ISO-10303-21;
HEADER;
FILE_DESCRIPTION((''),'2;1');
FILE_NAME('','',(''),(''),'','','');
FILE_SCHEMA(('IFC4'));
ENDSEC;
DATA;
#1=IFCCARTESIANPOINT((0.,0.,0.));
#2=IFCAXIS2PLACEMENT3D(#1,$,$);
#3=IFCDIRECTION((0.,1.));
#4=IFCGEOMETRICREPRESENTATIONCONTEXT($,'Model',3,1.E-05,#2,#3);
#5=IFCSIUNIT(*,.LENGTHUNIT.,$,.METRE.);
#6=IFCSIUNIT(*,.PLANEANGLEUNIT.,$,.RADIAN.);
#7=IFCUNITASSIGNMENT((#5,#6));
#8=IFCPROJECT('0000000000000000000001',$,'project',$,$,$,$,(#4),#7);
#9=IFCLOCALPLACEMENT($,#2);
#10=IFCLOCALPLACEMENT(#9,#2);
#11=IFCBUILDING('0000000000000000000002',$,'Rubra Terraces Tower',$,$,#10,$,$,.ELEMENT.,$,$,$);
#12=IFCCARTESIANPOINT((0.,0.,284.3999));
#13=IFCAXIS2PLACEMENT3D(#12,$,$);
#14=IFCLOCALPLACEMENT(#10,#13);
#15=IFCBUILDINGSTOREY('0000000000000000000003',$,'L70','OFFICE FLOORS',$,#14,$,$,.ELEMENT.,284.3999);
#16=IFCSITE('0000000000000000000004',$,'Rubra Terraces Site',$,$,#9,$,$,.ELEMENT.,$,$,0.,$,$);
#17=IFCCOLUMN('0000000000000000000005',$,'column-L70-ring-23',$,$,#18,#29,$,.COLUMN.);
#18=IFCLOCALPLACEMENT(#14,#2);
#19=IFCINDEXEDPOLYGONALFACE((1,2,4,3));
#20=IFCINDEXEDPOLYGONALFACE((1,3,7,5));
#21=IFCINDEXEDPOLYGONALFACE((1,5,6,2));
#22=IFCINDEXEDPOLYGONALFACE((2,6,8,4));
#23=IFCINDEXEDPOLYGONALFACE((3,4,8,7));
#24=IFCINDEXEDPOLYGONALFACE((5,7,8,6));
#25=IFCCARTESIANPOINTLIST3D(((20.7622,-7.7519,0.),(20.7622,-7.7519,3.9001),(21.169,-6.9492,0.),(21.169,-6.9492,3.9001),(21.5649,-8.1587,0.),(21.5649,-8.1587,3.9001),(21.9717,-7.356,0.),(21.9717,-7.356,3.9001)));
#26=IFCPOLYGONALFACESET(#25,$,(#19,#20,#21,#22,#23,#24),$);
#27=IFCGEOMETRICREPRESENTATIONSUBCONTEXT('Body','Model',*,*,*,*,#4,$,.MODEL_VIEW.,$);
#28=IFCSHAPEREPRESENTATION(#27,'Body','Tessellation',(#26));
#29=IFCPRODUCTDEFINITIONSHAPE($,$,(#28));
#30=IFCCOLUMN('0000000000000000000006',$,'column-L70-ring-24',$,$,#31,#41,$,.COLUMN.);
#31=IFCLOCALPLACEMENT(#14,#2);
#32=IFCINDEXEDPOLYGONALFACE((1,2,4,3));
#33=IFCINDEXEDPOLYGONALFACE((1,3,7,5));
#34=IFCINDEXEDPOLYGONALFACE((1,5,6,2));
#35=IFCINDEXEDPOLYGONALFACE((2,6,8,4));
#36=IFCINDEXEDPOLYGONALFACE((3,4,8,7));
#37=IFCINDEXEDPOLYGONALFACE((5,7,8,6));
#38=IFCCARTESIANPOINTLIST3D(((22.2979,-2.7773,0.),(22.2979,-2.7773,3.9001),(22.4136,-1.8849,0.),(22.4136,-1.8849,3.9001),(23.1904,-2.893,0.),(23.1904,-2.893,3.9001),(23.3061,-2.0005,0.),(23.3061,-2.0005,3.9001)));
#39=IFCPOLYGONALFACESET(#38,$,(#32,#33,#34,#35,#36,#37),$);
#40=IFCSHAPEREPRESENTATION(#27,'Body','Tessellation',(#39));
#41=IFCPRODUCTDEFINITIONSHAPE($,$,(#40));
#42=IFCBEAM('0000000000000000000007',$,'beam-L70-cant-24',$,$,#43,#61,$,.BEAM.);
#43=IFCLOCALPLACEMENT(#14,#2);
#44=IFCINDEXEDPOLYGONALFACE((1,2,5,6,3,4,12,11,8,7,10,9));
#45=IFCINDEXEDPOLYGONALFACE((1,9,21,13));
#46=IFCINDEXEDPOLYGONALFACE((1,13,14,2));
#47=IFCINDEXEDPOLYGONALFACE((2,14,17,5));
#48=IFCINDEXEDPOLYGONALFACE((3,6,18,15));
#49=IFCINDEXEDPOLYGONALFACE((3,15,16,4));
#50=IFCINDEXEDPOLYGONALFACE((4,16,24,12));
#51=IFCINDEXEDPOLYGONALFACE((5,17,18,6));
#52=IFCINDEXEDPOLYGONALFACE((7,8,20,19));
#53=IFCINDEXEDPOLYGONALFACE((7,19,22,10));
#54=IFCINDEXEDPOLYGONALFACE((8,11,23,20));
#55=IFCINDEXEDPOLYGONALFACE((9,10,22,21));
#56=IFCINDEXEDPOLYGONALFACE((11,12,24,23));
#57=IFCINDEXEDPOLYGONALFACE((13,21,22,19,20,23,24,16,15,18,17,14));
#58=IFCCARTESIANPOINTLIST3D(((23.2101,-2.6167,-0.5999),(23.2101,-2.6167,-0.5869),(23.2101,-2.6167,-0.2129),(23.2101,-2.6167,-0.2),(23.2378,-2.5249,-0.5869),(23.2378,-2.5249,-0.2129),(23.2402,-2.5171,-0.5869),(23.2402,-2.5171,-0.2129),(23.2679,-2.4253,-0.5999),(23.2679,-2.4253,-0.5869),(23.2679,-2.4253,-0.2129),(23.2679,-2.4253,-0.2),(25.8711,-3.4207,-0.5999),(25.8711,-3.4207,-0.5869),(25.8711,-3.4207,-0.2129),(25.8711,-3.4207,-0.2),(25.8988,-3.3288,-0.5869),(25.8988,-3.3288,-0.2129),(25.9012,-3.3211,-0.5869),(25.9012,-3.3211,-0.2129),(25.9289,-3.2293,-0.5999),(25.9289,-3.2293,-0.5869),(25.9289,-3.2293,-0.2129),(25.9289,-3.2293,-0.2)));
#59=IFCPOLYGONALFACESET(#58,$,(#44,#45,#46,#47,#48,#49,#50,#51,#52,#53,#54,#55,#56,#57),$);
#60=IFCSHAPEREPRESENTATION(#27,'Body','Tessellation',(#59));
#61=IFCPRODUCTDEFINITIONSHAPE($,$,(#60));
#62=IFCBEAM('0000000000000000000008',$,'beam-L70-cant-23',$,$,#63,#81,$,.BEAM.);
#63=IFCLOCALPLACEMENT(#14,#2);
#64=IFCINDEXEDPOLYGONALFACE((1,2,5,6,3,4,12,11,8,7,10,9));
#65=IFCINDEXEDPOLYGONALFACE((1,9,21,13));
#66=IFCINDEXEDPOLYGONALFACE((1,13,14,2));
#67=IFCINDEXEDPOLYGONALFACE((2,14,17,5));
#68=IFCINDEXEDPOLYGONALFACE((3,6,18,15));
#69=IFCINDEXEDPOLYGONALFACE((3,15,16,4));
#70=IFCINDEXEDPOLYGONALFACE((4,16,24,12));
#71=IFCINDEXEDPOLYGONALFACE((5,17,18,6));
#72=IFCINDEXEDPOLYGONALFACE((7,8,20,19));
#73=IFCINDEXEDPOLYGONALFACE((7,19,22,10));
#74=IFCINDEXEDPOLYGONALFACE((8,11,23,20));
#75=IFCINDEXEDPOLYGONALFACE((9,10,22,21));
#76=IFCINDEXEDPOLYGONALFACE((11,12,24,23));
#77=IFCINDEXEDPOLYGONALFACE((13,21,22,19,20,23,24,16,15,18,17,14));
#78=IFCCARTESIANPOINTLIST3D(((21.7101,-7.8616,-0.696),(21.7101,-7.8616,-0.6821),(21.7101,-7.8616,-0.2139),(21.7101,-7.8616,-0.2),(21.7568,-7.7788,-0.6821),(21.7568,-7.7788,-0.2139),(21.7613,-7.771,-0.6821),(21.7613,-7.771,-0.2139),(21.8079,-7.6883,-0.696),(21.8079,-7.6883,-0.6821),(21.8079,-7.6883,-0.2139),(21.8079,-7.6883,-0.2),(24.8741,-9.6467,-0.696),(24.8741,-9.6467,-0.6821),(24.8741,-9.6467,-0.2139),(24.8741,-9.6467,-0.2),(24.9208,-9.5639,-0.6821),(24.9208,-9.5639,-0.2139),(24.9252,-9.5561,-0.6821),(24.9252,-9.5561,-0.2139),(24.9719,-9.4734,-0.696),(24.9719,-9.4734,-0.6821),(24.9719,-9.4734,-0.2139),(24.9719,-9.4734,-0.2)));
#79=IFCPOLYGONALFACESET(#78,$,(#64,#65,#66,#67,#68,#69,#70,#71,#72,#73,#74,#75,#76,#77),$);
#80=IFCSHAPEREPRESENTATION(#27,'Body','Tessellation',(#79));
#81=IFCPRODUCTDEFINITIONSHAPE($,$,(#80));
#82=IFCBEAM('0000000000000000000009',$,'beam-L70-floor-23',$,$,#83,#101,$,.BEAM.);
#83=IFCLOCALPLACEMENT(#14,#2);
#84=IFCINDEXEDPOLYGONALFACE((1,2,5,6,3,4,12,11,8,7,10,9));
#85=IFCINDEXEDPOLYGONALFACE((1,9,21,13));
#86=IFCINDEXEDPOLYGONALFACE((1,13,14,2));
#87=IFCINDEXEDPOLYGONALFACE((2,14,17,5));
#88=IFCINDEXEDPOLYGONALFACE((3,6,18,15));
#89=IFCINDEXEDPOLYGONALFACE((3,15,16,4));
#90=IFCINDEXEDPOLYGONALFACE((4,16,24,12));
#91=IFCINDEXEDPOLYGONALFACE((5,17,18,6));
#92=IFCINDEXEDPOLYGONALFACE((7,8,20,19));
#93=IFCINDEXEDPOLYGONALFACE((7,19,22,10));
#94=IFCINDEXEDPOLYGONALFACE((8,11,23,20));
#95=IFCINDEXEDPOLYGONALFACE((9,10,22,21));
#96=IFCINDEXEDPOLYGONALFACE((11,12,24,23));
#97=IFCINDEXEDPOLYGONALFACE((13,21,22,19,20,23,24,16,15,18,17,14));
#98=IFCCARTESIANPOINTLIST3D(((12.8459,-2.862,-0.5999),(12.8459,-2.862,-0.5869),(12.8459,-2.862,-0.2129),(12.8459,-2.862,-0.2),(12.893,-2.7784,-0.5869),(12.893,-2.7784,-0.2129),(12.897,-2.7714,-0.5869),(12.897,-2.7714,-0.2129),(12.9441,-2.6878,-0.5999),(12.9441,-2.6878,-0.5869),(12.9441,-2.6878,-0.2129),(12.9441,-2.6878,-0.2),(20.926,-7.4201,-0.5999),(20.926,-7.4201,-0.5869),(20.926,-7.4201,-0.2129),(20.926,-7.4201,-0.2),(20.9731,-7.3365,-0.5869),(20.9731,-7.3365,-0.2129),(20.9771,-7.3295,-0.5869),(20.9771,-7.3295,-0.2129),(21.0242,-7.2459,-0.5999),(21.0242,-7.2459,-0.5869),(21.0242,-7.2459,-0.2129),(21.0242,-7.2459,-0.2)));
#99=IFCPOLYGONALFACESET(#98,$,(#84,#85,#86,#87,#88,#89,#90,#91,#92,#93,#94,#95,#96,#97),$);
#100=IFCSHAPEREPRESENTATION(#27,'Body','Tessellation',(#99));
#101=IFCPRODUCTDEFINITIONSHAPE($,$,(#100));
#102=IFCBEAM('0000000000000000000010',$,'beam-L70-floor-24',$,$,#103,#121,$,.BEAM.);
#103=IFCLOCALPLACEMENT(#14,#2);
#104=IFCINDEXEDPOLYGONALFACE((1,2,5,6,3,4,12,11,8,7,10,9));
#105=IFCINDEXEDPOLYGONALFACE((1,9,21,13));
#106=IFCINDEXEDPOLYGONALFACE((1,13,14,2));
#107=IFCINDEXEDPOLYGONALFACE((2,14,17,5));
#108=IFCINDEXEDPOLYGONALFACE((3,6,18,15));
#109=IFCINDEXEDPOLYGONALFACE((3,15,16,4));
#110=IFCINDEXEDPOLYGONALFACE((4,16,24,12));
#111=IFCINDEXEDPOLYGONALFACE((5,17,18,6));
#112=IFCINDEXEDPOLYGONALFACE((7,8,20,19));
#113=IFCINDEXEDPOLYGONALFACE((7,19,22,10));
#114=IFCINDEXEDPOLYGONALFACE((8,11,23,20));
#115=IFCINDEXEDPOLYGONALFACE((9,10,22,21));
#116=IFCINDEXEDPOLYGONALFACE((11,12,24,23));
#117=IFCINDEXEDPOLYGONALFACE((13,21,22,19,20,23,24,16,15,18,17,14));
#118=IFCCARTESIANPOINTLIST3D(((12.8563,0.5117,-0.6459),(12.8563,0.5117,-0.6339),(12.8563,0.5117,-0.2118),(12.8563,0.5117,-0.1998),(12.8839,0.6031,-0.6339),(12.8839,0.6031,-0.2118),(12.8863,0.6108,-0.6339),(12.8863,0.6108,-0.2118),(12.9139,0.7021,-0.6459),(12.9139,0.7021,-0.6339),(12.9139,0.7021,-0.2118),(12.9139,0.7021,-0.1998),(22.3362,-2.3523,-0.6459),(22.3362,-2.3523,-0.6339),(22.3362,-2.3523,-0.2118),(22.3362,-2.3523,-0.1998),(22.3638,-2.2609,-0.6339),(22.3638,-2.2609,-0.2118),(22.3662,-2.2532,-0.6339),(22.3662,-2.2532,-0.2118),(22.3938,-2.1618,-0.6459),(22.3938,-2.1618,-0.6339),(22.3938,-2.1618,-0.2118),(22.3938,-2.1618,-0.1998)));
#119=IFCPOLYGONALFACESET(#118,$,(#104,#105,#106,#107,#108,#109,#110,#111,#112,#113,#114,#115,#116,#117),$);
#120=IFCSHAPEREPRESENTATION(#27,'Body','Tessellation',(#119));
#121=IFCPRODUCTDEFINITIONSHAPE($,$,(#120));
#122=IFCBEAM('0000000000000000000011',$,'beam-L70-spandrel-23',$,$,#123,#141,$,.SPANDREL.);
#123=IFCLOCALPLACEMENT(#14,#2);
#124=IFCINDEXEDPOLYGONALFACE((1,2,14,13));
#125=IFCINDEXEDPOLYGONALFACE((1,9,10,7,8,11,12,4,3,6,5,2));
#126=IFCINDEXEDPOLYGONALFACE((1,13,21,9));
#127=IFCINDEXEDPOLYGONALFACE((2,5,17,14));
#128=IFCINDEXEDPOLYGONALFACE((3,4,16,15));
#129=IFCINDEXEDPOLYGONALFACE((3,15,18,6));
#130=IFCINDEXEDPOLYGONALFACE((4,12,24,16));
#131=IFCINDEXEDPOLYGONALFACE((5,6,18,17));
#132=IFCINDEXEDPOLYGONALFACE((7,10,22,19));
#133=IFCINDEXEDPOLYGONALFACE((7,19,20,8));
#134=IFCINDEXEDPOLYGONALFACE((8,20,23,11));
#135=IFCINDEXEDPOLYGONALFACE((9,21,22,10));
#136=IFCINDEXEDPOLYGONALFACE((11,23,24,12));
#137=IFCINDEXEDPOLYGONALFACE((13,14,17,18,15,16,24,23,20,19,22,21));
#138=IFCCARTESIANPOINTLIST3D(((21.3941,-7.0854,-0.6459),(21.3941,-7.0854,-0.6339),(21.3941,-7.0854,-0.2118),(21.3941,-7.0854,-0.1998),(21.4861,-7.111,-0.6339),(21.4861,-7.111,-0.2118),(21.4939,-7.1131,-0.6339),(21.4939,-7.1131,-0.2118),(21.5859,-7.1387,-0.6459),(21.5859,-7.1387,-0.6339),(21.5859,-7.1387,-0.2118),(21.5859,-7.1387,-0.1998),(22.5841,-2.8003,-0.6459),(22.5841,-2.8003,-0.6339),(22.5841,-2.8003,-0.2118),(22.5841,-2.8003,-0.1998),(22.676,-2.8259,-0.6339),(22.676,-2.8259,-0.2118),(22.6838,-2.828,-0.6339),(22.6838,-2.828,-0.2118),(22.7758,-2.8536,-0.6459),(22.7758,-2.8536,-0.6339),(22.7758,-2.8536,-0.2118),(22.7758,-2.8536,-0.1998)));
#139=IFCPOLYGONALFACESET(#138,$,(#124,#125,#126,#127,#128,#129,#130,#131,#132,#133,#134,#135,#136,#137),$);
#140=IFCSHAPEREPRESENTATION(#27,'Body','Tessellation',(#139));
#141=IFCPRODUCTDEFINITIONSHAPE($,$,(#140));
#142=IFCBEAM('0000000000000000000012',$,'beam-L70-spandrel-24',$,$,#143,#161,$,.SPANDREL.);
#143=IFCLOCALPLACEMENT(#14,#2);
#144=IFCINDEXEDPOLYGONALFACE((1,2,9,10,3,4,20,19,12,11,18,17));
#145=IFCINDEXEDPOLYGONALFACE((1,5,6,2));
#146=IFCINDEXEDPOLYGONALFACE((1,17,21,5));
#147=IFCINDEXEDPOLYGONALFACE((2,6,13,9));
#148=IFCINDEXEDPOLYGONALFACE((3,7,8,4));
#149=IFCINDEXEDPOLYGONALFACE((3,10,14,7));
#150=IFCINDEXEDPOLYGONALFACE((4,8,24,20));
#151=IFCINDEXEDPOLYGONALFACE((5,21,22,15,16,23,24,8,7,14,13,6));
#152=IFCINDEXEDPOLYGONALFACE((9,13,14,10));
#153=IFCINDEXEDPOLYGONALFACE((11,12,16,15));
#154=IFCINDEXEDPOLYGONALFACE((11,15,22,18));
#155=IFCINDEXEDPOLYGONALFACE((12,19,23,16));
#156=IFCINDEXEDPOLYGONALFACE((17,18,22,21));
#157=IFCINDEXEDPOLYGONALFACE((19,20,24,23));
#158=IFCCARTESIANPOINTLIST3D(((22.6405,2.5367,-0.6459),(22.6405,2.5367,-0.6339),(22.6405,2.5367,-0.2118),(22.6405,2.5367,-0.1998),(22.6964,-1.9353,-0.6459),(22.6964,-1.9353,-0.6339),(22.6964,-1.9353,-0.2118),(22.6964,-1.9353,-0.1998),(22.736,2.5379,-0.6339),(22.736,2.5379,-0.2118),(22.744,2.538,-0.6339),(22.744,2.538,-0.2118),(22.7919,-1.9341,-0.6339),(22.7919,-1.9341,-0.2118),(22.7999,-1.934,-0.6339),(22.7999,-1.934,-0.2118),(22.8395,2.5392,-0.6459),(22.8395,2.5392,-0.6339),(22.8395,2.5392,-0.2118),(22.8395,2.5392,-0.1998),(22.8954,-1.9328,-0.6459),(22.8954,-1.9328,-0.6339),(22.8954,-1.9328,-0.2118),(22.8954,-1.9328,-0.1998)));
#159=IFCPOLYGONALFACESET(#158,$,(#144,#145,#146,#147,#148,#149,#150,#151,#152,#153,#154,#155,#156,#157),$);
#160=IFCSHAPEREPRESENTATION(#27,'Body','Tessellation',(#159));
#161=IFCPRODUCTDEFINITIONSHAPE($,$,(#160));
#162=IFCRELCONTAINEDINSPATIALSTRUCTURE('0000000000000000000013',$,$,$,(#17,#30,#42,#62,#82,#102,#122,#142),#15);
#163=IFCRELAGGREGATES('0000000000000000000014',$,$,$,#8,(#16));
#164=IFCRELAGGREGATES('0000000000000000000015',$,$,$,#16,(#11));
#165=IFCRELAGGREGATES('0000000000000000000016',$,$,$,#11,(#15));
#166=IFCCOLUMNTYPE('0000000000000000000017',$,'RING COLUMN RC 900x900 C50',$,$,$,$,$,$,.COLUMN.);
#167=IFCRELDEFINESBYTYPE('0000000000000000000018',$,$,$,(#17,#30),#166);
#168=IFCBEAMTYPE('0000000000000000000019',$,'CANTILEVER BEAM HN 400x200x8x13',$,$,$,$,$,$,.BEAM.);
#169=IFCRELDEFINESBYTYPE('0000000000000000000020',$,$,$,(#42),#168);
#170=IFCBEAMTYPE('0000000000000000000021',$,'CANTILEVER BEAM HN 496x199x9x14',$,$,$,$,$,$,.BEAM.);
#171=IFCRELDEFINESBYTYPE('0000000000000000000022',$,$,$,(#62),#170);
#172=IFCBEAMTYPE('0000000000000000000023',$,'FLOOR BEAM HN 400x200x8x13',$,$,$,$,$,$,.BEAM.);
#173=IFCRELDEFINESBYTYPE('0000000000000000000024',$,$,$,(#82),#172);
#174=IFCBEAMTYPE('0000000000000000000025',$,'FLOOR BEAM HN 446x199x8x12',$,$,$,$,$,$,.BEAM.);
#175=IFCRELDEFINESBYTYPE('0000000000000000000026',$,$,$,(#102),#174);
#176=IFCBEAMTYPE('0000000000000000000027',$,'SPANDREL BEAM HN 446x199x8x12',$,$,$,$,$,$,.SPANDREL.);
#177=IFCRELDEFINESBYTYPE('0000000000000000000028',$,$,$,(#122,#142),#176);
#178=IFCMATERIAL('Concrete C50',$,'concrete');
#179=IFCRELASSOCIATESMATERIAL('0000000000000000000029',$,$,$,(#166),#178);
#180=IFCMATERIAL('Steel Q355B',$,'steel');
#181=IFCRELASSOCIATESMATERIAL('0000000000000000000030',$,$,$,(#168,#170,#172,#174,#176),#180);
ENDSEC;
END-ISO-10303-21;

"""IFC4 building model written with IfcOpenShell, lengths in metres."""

from ifc_helpers import new_model, si_unit, direction, frame, origin, origin_2d, place, context, subcontext, project, spatial, rectangle, i_section, extrude, material, material_profile, profile_set, type_object, element, save


model = new_model("IFC4")

# Units and contexts
model_context = context("Model", 3, precision=1e-05, world=origin(), true_north=direction((0.0, 1.0)))
body_context = subcontext(model_context, "Body", "Model", "MODEL_VIEW")
ifc_project = project(units=[si_unit("LENGTHUNIT", "METRE"), si_unit("PLANEANGLEUNIT", "RADIAN")], contexts=[model_context])

# Site, building, storey
site_placement = place(None, origin())
site = spatial("IfcSite", under=ifc_project, at=site_placement, Name="Rubra Terraces Site", CompositionType="ELEMENT", RefElevation=0.0)
building_placement = place(site_placement, origin())
building = spatial("IfcBuilding", under=site, at=building_placement, Name="Rubra Terraces Tower", CompositionType="ELEMENT")
storey_placement = place(building_placement, frame((0.0, 0.0, 284.3999)))
storey = spatial("IfcBuildingStorey", under=building, at=storey_placement, Name="L70", Description="OFFICE FLOORS", CompositionType="ELEMENT", Elevation=284.3999)

# Columns
ifc_material_1 = material(Name="Concrete C50", Category="concrete")
ifc_material_profile_1 = material_profile(ifc_material_1, rectangle(XDim=0.8999, YDim=0.8999, at=origin_2d()), Name="RC 900x900")
ifc_profile_set_1 = profile_set([ifc_material_profile_1], Name="Concrete C50")
column_type = type_object("IfcColumnType", Name="RING COLUMN RC 900x900 C50", PredefinedType="COLUMN", material=ifc_profile_set_1)
for number, where, z_axis, x_axis, name in (
    (1, (21.3669, -7.554, 0.0), (0.0, 0.0, 1.0), (0.452079, 0.891978, 0.0), "column-L70-ring-23"),
    (2, (22.802, -2.3889, 0.0), (0.0, 0.0, 1.0), (0.128535, 0.991705, 0.0), "column-L70-ring-24"),
):
    element("IfcColumn", number, at=place(storey_placement, frame(where, z_axis=z_axis, x_axis=x_axis)), inside=storey, type_object=column_type, Name=name, PredefinedType="COLUMN", context=body_context, shape_type="SweptSolid", body=[
        extrude(rectangle(XDim=0.8999, YDim=0.8999, at=origin_2d()), origin(), (0.0, 0.0, 1.0), 3.9001),
    ])

# Beams
ifc_material_2 = material(Name="Steel Q355B", Category="steel")
ifc_material_profile_2 = material_profile(ifc_material_2, i_section(OverallWidth=0.2, OverallDepth=0.3999, WebThickness=0.0081, FlangeThickness=0.0129, at=origin_2d()), Name="HN 400x200x8x13")
ifc_profile_set_2 = profile_set([ifc_material_profile_2], Name="Steel Q355B")
beam_type_1 = type_object("IfcBeamType", Name="CANTILEVER BEAM HN 400x200x8x13", PredefinedType="BEAM", material=ifc_profile_set_2)
beam_1_placement = place(storey_placement, frame((23.239, -2.521, -0.3999), z_axis=(0.957261, -0.289225, 0.0), x_axis=(0.289225, 0.957261, 0.0)))
element("IfcBeam", 3, at=beam_1_placement, inside=storey, type_object=beam_type_1, Name="beam-L70-cant-24", PredefinedType="BEAM", context=body_context, shape_type="SweptSolid", body=[
    extrude(i_section(OverallWidth=0.2, OverallDepth=0.3999, WebThickness=0.0081, FlangeThickness=0.0129, at=origin_2d()), origin(), (0.0, 0.0, 1.0), 2.7798),
])
ifc_material_profile_3 = material_profile(ifc_material_2, i_section(OverallWidth=0.199, OverallDepth=0.4961, WebThickness=0.009, FlangeThickness=0.0139, at=origin_2d()), Name="HN 496x199x9x14")
ifc_profile_set_3 = profile_set([ifc_material_profile_3], Name="Steel Q355B")
beam_type_2 = type_object("IfcBeamType", Name="CANTILEVER BEAM HN 496x199x9x14", PredefinedType="BEAM", material=ifc_profile_set_3)
beam_2_placement = place(storey_placement, frame((21.759, -7.7749, -0.448), z_axis=(0.870943, -0.491384, 0.0), x_axis=(0.491384, 0.870943, 0.0)))
element("IfcBeam", 4, at=beam_2_placement, inside=storey, type_object=beam_type_2, Name="beam-L70-cant-23", PredefinedType="BEAM", context=body_context, shape_type="SweptSolid", body=[
    extrude(i_section(OverallWidth=0.199, OverallDepth=0.4961, WebThickness=0.009, FlangeThickness=0.0139, at=origin_2d()), origin(), (0.0, 0.0, 1.0), 3.6328),
])
ifc_material_profile_4 = material_profile(ifc_material_2, i_section(OverallWidth=0.2, OverallDepth=0.3999, WebThickness=0.0081, FlangeThickness=0.0129, at=origin_2d()), Name="HN 400x200x8x13")
ifc_profile_set_4 = profile_set([ifc_material_profile_4], Name="Steel Q355B")
beam_type_3 = type_object("IfcBeamType", Name="FLOOR BEAM HN 400x200x8x13", PredefinedType="BEAM", material=ifc_profile_set_4)
beam_3_placement = place(storey_placement, frame((20.9751, -7.333, -0.3999), z_axis=(-0.870973, 0.49133, 0.0), x_axis=(-0.49133, -0.870973, 0.0)))
element("IfcBeam", 5, at=beam_3_placement, inside=storey, type_object=beam_type_3, Name="beam-L70-floor-23", PredefinedType="BEAM", context=body_context, shape_type="SweptSolid", body=[
    extrude(i_section(OverallWidth=0.2, OverallDepth=0.3999, WebThickness=0.0081, FlangeThickness=0.0129, at=origin_2d()), origin(), (0.0, 0.0, 1.0), 9.2771),
])
ifc_material_profile_5 = material_profile(ifc_material_2, i_section(OverallWidth=0.199, OverallDepth=0.446, WebThickness=0.0081, FlangeThickness=0.012, at=origin_2d()), Name="HN 446x199x8x12")
ifc_profile_set_5 = profile_set([ifc_material_profile_5], Name="Steel Q355B")
beam_type_4 = type_object("IfcBeamType", Name="FLOOR BEAM HN 446x199x8x12", PredefinedType="BEAM", material=ifc_profile_set_5)
beam_4_placement = place(storey_placement, frame((22.365, -2.2571, -0.4229), z_axis=(-0.957268, 0.289202, 0.0), x_axis=(-0.289202, -0.957268, 0.0)))
element("IfcBeam", 6, at=beam_4_placement, inside=storey, type_object=beam_type_4, Name="beam-L70-floor-24", PredefinedType="BEAM", context=body_context, shape_type="SweptSolid", body=[
    extrude(i_section(OverallWidth=0.199, OverallDepth=0.446, WebThickness=0.0081, FlangeThickness=0.012, at=origin_2d()), origin(), (0.0, 0.0, 1.0), 9.9031),
])
ifc_material_profile_6 = material_profile(ifc_material_2, i_section(OverallWidth=0.199, OverallDepth=0.446, WebThickness=0.0081, FlangeThickness=0.012, at=origin_2d()), Name="HN 446x199x8x12")
ifc_profile_set_6 = profile_set([ifc_material_profile_6], Name="Steel Q355B")
beam_type_5 = type_object("IfcBeamType", Name="SPANDREL BEAM HN 446x199x8x12", PredefinedType="SPANDREL", material=ifc_profile_set_6)
beam_5_placement = place(storey_placement, frame((21.49, -7.1121, -0.4229), z_axis=(0.267565, 0.96354, 0.0), x_axis=(-0.96354, 0.267565, 0.0)))
element("IfcBeam", 7, at=beam_5_placement, inside=storey, type_object=beam_type_5, Name="beam-L70-spandrel-23", PredefinedType="SPANDREL", context=body_context, shape_type="SweptSolid", body=[
    extrude(i_section(OverallWidth=0.199, OverallDepth=0.446, WebThickness=0.0081, FlangeThickness=0.012, at=origin_2d()), origin(), (0.0, 0.0, 1.0), 4.4473),
])
beam_6_placement = place(storey_placement, frame((22.7959, -1.9341, -0.4229), z_axis=(-0.0125, 0.999922, 0.0), x_axis=(-0.999922, -0.0125, 0.0)))
element("IfcBeam", 8, at=beam_6_placement, inside=storey, type_object=beam_type_5, Name="beam-L70-spandrel-24", PredefinedType="SPANDREL", context=body_context, shape_type="SweptSolid", body=[
    extrude(i_section(OverallWidth=0.199, OverallDepth=0.446, WebThickness=0.0081, FlangeThickness=0.012, at=origin_2d()), origin(), (0.0, 0.0, 1.0), 4.4724),
])

save(model, "model.ifc")
